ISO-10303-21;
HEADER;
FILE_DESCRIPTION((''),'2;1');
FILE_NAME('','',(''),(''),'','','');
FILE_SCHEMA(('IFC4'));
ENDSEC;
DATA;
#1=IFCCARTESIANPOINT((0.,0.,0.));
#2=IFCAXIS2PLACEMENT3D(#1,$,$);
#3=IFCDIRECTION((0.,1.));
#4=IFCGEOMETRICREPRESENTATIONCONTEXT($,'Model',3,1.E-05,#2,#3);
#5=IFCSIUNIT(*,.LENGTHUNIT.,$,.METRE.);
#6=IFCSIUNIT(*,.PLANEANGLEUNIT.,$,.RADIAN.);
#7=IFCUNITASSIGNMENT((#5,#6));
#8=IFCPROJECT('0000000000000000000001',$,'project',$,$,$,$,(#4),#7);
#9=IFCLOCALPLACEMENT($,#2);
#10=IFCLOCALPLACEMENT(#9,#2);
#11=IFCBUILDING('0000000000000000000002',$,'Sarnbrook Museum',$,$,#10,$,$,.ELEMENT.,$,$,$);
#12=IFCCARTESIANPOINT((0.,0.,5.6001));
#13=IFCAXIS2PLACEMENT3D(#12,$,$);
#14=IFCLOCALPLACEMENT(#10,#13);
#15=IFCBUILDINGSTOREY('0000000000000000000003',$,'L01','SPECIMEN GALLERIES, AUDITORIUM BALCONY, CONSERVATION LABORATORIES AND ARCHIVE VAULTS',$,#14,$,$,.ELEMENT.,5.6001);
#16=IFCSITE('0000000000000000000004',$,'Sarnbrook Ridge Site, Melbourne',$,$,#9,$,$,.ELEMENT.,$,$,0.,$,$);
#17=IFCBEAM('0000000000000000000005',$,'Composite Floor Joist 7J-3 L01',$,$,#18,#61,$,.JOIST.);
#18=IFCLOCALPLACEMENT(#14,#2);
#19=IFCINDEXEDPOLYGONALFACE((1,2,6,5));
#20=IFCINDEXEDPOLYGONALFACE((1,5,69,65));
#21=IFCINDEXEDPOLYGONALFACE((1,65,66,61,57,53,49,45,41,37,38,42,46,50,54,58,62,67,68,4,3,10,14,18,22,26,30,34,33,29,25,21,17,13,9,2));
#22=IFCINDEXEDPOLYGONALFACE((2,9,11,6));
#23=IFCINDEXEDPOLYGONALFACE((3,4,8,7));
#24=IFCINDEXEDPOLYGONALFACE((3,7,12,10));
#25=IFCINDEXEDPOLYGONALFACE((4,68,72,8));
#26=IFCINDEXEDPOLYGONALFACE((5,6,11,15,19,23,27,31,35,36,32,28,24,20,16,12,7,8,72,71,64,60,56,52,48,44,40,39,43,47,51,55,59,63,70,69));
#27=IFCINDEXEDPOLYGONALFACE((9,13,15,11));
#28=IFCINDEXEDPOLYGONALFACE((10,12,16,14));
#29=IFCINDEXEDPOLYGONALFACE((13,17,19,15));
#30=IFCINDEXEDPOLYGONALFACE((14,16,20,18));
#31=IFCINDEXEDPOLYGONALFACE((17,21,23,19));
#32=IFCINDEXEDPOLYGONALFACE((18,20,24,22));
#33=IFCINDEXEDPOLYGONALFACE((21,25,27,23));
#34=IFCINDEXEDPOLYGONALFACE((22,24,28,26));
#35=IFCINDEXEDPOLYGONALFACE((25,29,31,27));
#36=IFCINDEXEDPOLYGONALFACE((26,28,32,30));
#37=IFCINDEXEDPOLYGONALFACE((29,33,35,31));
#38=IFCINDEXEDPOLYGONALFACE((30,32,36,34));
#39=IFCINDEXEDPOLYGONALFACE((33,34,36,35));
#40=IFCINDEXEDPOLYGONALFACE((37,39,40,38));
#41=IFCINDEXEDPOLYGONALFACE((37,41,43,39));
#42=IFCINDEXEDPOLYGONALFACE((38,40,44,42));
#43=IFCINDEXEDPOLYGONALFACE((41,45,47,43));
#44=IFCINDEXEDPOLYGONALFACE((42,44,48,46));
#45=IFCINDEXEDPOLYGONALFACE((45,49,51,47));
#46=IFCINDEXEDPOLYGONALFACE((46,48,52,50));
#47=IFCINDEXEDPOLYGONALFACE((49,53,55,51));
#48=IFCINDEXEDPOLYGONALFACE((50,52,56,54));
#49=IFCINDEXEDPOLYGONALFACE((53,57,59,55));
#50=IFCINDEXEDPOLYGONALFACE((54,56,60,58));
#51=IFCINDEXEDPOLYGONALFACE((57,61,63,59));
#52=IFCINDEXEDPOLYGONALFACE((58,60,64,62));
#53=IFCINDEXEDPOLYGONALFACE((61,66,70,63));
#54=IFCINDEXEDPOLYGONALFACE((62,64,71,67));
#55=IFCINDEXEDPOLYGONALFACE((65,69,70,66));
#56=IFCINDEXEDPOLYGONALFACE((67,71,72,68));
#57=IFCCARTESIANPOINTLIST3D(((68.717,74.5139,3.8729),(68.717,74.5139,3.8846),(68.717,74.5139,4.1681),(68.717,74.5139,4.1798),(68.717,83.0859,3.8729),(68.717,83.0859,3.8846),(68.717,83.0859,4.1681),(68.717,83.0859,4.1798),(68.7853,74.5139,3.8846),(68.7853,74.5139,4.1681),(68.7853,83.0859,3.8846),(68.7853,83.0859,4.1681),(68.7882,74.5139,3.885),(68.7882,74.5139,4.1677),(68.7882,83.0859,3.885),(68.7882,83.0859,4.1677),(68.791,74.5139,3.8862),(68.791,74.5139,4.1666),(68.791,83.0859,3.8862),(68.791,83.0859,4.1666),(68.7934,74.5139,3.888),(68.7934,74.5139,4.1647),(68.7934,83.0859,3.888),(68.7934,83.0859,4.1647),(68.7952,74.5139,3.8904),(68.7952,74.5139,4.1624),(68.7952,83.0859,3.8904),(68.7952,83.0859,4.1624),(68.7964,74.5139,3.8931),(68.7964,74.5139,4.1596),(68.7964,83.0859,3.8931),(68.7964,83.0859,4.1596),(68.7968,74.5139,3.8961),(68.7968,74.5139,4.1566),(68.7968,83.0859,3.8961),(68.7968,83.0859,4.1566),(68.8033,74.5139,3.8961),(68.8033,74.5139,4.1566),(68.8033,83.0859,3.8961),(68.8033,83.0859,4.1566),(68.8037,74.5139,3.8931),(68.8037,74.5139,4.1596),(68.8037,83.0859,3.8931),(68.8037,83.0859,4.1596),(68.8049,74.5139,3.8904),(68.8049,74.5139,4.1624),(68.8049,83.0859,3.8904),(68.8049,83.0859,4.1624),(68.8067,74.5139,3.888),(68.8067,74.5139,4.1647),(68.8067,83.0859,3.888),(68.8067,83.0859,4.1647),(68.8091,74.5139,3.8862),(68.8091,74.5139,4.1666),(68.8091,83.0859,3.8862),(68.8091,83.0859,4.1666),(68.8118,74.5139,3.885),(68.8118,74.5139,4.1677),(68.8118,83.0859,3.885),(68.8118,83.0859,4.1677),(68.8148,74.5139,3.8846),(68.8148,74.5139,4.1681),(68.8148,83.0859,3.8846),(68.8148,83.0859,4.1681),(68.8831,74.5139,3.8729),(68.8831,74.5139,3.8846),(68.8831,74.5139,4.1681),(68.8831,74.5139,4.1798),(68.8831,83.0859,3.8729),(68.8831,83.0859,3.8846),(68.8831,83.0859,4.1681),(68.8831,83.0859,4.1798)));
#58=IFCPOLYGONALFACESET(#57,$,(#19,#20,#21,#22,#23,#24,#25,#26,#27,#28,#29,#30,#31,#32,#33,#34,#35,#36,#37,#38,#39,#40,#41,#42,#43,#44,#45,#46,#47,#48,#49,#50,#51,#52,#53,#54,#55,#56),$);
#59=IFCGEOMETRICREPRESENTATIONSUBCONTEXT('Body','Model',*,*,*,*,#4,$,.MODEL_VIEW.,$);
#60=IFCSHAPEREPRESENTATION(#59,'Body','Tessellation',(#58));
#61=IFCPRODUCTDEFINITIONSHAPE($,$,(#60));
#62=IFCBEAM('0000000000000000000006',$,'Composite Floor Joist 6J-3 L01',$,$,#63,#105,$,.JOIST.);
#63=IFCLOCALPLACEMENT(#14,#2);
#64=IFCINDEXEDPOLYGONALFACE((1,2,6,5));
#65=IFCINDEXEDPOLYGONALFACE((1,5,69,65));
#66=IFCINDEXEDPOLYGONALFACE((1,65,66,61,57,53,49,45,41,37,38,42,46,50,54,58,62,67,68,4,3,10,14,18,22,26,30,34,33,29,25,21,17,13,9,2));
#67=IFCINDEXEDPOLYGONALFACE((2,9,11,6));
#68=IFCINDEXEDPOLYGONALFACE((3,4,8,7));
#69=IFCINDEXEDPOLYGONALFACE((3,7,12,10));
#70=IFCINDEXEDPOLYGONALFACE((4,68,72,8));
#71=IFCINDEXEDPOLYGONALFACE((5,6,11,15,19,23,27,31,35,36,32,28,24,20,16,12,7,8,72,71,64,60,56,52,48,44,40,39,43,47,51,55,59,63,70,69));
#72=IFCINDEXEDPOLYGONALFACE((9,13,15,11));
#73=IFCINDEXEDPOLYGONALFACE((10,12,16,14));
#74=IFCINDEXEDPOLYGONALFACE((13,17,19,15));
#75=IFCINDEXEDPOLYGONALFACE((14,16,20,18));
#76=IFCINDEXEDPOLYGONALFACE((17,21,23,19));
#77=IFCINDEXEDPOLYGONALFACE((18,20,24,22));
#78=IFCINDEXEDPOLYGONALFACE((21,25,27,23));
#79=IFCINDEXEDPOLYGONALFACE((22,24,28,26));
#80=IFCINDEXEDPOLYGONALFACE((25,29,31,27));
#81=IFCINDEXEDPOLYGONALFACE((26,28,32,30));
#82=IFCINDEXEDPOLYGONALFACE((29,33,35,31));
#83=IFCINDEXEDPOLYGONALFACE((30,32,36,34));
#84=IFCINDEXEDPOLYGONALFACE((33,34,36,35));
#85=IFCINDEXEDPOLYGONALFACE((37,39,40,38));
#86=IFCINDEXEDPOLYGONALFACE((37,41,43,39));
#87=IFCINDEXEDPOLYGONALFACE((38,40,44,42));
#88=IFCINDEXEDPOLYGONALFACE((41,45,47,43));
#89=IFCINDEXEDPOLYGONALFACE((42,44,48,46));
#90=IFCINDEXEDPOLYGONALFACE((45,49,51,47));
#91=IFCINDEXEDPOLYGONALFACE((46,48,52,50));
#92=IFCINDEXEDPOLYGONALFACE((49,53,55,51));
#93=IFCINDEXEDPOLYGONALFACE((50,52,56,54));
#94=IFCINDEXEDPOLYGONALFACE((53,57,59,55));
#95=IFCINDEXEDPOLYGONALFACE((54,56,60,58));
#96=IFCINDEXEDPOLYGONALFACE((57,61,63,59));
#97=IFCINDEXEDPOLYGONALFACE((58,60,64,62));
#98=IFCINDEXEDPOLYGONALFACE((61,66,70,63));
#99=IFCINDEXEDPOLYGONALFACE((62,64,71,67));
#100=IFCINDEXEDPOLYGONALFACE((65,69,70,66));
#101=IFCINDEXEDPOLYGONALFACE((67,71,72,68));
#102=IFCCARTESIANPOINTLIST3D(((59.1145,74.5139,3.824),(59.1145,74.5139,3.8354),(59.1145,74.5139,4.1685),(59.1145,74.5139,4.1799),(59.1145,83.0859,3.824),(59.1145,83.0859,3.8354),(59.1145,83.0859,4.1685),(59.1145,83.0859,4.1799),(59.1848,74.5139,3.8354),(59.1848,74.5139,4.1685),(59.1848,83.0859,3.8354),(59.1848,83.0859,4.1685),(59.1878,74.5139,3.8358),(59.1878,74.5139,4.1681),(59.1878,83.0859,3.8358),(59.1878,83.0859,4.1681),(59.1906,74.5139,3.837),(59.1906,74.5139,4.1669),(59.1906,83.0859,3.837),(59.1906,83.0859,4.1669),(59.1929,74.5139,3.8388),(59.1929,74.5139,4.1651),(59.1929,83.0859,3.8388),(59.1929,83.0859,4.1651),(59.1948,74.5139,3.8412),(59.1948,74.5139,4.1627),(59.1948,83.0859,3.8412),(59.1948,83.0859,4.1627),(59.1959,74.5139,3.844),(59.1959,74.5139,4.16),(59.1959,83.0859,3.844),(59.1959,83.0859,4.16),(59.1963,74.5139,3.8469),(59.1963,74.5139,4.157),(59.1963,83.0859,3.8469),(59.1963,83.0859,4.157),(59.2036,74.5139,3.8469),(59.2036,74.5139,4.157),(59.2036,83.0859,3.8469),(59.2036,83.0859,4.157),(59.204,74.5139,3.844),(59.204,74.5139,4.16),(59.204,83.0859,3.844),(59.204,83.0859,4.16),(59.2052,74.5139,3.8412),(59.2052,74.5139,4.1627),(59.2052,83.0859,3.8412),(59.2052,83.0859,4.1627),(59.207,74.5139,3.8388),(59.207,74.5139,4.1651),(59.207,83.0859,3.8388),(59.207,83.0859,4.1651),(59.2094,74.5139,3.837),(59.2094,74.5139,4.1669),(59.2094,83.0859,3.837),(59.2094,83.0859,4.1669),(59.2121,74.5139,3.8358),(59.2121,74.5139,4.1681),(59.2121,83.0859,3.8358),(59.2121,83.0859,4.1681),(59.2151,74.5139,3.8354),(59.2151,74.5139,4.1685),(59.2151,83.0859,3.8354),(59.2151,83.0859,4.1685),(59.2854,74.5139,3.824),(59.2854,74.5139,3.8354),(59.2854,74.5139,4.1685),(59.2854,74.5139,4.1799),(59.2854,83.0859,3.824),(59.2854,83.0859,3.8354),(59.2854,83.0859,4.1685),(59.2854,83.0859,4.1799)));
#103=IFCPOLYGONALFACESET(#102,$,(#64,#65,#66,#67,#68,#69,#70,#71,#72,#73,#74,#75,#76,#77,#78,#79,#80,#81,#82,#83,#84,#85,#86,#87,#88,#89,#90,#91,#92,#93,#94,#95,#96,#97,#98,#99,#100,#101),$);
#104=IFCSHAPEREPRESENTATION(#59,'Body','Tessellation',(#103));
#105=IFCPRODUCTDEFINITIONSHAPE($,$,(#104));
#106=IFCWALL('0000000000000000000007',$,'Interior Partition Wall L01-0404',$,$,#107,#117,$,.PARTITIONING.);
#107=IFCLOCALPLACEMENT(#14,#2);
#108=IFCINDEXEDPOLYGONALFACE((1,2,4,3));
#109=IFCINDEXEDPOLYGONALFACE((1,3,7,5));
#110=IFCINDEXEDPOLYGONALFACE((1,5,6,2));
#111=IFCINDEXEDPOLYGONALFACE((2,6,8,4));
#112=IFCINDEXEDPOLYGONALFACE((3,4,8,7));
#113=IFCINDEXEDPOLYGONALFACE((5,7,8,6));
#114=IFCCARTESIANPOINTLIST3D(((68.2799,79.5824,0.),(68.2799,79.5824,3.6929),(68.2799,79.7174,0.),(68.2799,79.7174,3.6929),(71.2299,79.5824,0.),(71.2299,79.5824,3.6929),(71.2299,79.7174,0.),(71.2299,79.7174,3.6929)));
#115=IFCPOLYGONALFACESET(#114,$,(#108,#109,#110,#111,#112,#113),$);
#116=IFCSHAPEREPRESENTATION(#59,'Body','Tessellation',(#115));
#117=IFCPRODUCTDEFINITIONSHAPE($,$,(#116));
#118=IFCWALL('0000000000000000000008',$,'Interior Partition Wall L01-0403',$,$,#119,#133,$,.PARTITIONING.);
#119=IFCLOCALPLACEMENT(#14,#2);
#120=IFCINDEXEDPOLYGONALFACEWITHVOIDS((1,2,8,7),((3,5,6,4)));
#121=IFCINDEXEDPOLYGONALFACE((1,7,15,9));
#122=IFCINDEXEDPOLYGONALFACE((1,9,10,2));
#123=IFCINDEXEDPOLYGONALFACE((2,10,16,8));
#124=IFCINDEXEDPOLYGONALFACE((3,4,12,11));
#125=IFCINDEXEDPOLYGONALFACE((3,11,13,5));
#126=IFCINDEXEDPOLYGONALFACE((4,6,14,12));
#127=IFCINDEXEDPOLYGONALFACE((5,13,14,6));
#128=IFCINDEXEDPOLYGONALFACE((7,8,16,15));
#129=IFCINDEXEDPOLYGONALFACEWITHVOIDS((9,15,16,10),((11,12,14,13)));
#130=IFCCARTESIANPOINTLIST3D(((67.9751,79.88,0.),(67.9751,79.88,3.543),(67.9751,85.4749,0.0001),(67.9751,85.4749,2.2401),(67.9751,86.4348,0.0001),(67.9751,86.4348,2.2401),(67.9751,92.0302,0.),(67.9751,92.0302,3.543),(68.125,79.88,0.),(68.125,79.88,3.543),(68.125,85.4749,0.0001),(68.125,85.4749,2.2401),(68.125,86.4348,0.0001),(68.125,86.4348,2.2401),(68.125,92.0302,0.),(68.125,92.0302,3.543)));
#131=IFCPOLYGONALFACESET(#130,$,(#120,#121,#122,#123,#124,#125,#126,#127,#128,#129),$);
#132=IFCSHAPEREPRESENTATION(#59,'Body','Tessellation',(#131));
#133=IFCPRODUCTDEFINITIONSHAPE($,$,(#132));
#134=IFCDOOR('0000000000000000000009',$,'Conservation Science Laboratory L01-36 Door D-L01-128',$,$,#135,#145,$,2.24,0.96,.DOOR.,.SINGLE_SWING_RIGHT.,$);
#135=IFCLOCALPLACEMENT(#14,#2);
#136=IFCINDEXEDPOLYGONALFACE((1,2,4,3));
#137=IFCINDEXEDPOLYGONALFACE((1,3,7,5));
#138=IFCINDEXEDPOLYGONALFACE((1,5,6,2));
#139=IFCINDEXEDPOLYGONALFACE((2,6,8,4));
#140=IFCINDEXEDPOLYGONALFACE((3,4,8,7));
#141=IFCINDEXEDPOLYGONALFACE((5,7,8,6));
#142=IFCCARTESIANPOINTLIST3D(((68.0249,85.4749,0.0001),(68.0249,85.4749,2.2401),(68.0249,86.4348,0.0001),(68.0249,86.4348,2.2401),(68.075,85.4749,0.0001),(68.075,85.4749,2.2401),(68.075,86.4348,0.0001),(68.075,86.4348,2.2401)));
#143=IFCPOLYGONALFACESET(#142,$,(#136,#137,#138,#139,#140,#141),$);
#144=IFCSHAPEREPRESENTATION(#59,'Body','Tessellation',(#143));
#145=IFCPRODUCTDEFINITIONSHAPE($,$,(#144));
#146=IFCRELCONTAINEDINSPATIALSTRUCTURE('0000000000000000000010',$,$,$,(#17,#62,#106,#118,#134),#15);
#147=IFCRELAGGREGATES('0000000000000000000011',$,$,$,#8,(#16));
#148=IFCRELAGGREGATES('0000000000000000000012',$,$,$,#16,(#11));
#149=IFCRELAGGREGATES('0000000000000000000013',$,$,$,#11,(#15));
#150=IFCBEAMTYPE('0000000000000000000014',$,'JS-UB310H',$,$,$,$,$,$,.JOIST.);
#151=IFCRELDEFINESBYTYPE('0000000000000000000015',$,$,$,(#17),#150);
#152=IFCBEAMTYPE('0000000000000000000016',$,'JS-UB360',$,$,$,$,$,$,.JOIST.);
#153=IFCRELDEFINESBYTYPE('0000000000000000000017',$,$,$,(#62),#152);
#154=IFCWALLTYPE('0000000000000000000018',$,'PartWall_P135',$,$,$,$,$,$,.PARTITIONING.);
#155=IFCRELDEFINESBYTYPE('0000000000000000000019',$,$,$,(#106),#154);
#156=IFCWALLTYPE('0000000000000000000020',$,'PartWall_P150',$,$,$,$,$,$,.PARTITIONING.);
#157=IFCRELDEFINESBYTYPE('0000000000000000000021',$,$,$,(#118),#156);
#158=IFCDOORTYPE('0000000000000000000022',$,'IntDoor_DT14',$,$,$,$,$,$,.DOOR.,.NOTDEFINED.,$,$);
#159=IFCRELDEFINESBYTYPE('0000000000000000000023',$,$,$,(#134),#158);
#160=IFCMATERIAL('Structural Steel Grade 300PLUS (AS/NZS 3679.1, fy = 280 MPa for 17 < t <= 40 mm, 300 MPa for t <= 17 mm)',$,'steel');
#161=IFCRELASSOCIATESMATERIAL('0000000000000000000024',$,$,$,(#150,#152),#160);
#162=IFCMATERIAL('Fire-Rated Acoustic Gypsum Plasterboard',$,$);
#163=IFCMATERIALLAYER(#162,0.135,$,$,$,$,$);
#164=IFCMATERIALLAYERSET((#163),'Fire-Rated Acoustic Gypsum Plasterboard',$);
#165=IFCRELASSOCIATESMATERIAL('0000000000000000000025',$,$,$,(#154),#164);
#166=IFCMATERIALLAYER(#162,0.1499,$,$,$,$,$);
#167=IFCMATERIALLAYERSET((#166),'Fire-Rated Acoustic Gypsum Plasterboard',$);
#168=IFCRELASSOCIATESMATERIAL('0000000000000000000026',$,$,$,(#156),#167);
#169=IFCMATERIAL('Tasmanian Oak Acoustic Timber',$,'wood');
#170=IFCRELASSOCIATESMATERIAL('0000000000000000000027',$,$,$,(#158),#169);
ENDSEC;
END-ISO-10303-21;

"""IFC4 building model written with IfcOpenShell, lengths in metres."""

from ifc_helpers import new_model, si_unit, direction, frame, frame_2d, origin, origin_2d, place, context, subcontext, project, spatial, rectangle, i_section, extrude, material, layer, layer_set, material_profile, profile_set, type_object, element, fill, save


model = new_model("IFC4")

# Units and contexts
model_context = context("Model", 3, precision=1e-05, world=origin(), true_north=direction((0.0, 1.0)))
body_context = subcontext(model_context, "Body", "Model", "MODEL_VIEW")
ifc_project = project(units=[si_unit("LENGTHUNIT", "METRE"), si_unit("PLANEANGLEUNIT", "RADIAN")], contexts=[model_context])

# Site, building, storey
site_placement = place(None, origin())
site = spatial("IfcSite", under=ifc_project, at=site_placement, Name="Sarnbrook Ridge Site, Melbourne", CompositionType="ELEMENT", RefElevation=0.0)
building_placement = place(site_placement, origin())
building = spatial("IfcBuilding", under=site, at=building_placement, Name="Sarnbrook Museum", CompositionType="ELEMENT")
storey_placement = place(building_placement, frame((0.0, 0.0, 5.6001)))
storey = spatial("IfcBuildingStorey", under=building, at=storey_placement, Name="L01", Description="SPECIMEN GALLERIES, AUDITORIUM BALCONY, CONSERVATION LABORATORIES AND ARCHIVE VAULTS", CompositionType="ELEMENT", Elevation=5.6001)

# Beams
ifc_material_1 = material(Name="Structural Steel Grade 300PLUS (AS/NZS 3679.1, fy = 280 MPa for 17 < t <= 40 mm, 300 MPa for t <= 17 mm)", Category="steel")
ifc_material_profile_1 = material_profile(ifc_material_1, i_section(OverallWidth=0.166, OverallDepth=0.3069, WebThickness=0.0066, FlangeThickness=0.0117, FilletRadius=0.0115, at=origin_2d()), Name="310UB46.2")
ifc_profile_set_1 = profile_set([ifc_material_profile_1], Name="Structural Steel Grade 300PLUS (AS/NZS 3679.1, fy = 280 MPa for 17 < t <= 40 mm, 300 MPa for t <= 17 mm)")
beam_type_1 = type_object("IfcBeamType", Name="JS-UB310H", PredefinedType="JOIST", material=ifc_profile_set_1)
for number, where, z_axis, x_axis, name in (
    (1, (68.8, 74.5139, 4.0264), (0.0, 1.0, 0.0), (-1.0, 0.0, 0.0), "Composite Floor Joist 7J-3 L01"),
):
    element("IfcBeam", number, at=place(storey_placement, frame(where, z_axis=z_axis, x_axis=x_axis)), inside=storey, type_object=beam_type_1, Name=name, PredefinedType="JOIST", context=body_context, shape_type="SweptSolid", body=[
        extrude(i_section(OverallWidth=0.166, OverallDepth=0.3069, WebThickness=0.0066, FlangeThickness=0.0117, FilletRadius=0.0115, at=origin_2d()), origin(), (0.0, 0.0, 1.0), 8.572),
    ])
ifc_material_profile_2 = material_profile(ifc_material_1, i_section(OverallWidth=0.1709, OverallDepth=0.356, WebThickness=0.0073, FlangeThickness=0.0115, FilletRadius=0.0115, at=origin_2d()), Name="360UB50.7")
ifc_profile_set_2 = profile_set([ifc_material_profile_2], Name="Structural Steel Grade 300PLUS (AS/NZS 3679.1, fy = 280 MPa for 17 < t <= 40 mm, 300 MPa for t <= 17 mm)")
beam_type_2 = type_object("IfcBeamType", Name="JS-UB360", PredefinedType="JOIST", material=ifc_profile_set_2)
beam_1_placement = place(storey_placement, frame((59.2, 74.5139, 4.002), z_axis=(0.0, 1.0, 0.0), x_axis=(-1.0, 0.0, 0.0)))
element("IfcBeam", 2, at=beam_1_placement, inside=storey, type_object=beam_type_2, Name="Composite Floor Joist 6J-3 L01", PredefinedType="JOIST", context=body_context, shape_type="SweptSolid", body=[
    extrude(i_section(OverallWidth=0.1709, OverallDepth=0.356, WebThickness=0.0073, FlangeThickness=0.0115, FilletRadius=0.0115, at=origin_2d()), origin(), (0.0, 0.0, 1.0), 8.572),
])

# Wall
ifc_material_2 = material(Name="Fire-Rated Acoustic Gypsum Plasterboard")
ifc_layer_1 = layer(ifc_material_2, 0.135)
ifc_layer_set_1 = layer_set([ifc_layer_1], Name="Fire-Rated Acoustic Gypsum Plasterboard")
wall_type_1 = type_object("IfcWallType", Name="PartWall_P135", PredefinedType="PARTITIONING", material=ifc_layer_set_1)
wall_1_placement = place(storey_placement, frame((71.23, 79.6499, 0.0), z_axis=(0.0, 0.0, 1.0), x_axis=(-1.0, 0.0, 0.0)))
element("IfcWall", 3, at=wall_1_placement, inside=storey, type_object=wall_type_1, Name="Interior Partition Wall L01-0404", PredefinedType="PARTITIONING", context=body_context, shape_type="SweptSolid", body=[
    extrude(rectangle(XDim=2.95, YDim=0.135, at=frame_2d((1.4751, 0.0))), origin(), (0.0, 0.0, 1.0), 3.6929),
])

# Wall, opening, door
ifc_layer_2 = layer(ifc_material_2, 0.1499)
ifc_layer_set_2 = layer_set([ifc_layer_2], Name="Fire-Rated Acoustic Gypsum Plasterboard")
wall_type_2 = type_object("IfcWallType", Name="PartWall_P150", PredefinedType="PARTITIONING", material=ifc_layer_set_2)
wall_2_placement = place(storey_placement, frame((68.05, 79.8799, 0.0), z_axis=(0.0, 0.0, 1.0), x_axis=(0.0, 1.0, 0.0)))
wall_2 = element("IfcWall", 4, at=wall_2_placement, inside=storey, type_object=wall_type_2, Name="Interior Partition Wall L01-0403", PredefinedType="PARTITIONING", context=body_context, shape_type="SweptSolid", body=[
    extrude(rectangle(XDim=12.1501, YDim=0.1499, at=frame_2d((6.0752, 0.0))), origin(), (0.0, 0.0, 1.0), 3.543),
])
opening_placement = place(wall_2_placement, frame((5.595, 0.0, 0.0)))
opening = element("IfcOpeningElement", 5, at=opening_placement, cuts=wall_2, PredefinedType="OPENING", context=body_context, shape_type="SweptSolid", body=[
    extrude(rectangle(XDim=0.96, YDim=2.24, at=frame_2d((0.48, 1.1201))), frame((0.0, 0.085, 0.0), z_axis=(0.0, -1.0, 0.0), x_axis=(1.0, 0.0, 0.0)), (0.0, 0.0, 1.0), 0.1699),
])
ifc_material_3 = material(Name="Tasmanian Oak Acoustic Timber", Category="wood")
door_type = type_object("IfcDoorType", Name="IntDoor_DT14", OperationType="NOTDEFINED", PredefinedType="DOOR", material=ifc_material_3)
door_placement = place(opening_placement, frame((0.96, 0.0, 0.0), z_axis=(0.0, 0.0, 1.0), x_axis=(-1.0, 0.0, 0.0)))
door = element("IfcDoor", 6, at=door_placement, inside=storey, type_object=door_type, Name="Conservation Science Laboratory L01-36 Door D-L01-128", OperationType="SINGLE_SWING_RIGHT", OverallHeight=2.24, OverallWidth=0.96, PredefinedType="DOOR", context=body_context, shape_type="SweptSolid", body=[
    extrude(rectangle(XDim=0.96, YDim=2.24, at=frame_2d((0.48, 1.1201))), frame((0.0, 0.0249, 0.0), z_axis=(0.0, -1.0, 0.0), x_axis=(1.0, 0.0, 0.0)), (0.0, 0.0, 1.0), 0.05),
])
fill(opening, door)

save(model, "model.ifc")
